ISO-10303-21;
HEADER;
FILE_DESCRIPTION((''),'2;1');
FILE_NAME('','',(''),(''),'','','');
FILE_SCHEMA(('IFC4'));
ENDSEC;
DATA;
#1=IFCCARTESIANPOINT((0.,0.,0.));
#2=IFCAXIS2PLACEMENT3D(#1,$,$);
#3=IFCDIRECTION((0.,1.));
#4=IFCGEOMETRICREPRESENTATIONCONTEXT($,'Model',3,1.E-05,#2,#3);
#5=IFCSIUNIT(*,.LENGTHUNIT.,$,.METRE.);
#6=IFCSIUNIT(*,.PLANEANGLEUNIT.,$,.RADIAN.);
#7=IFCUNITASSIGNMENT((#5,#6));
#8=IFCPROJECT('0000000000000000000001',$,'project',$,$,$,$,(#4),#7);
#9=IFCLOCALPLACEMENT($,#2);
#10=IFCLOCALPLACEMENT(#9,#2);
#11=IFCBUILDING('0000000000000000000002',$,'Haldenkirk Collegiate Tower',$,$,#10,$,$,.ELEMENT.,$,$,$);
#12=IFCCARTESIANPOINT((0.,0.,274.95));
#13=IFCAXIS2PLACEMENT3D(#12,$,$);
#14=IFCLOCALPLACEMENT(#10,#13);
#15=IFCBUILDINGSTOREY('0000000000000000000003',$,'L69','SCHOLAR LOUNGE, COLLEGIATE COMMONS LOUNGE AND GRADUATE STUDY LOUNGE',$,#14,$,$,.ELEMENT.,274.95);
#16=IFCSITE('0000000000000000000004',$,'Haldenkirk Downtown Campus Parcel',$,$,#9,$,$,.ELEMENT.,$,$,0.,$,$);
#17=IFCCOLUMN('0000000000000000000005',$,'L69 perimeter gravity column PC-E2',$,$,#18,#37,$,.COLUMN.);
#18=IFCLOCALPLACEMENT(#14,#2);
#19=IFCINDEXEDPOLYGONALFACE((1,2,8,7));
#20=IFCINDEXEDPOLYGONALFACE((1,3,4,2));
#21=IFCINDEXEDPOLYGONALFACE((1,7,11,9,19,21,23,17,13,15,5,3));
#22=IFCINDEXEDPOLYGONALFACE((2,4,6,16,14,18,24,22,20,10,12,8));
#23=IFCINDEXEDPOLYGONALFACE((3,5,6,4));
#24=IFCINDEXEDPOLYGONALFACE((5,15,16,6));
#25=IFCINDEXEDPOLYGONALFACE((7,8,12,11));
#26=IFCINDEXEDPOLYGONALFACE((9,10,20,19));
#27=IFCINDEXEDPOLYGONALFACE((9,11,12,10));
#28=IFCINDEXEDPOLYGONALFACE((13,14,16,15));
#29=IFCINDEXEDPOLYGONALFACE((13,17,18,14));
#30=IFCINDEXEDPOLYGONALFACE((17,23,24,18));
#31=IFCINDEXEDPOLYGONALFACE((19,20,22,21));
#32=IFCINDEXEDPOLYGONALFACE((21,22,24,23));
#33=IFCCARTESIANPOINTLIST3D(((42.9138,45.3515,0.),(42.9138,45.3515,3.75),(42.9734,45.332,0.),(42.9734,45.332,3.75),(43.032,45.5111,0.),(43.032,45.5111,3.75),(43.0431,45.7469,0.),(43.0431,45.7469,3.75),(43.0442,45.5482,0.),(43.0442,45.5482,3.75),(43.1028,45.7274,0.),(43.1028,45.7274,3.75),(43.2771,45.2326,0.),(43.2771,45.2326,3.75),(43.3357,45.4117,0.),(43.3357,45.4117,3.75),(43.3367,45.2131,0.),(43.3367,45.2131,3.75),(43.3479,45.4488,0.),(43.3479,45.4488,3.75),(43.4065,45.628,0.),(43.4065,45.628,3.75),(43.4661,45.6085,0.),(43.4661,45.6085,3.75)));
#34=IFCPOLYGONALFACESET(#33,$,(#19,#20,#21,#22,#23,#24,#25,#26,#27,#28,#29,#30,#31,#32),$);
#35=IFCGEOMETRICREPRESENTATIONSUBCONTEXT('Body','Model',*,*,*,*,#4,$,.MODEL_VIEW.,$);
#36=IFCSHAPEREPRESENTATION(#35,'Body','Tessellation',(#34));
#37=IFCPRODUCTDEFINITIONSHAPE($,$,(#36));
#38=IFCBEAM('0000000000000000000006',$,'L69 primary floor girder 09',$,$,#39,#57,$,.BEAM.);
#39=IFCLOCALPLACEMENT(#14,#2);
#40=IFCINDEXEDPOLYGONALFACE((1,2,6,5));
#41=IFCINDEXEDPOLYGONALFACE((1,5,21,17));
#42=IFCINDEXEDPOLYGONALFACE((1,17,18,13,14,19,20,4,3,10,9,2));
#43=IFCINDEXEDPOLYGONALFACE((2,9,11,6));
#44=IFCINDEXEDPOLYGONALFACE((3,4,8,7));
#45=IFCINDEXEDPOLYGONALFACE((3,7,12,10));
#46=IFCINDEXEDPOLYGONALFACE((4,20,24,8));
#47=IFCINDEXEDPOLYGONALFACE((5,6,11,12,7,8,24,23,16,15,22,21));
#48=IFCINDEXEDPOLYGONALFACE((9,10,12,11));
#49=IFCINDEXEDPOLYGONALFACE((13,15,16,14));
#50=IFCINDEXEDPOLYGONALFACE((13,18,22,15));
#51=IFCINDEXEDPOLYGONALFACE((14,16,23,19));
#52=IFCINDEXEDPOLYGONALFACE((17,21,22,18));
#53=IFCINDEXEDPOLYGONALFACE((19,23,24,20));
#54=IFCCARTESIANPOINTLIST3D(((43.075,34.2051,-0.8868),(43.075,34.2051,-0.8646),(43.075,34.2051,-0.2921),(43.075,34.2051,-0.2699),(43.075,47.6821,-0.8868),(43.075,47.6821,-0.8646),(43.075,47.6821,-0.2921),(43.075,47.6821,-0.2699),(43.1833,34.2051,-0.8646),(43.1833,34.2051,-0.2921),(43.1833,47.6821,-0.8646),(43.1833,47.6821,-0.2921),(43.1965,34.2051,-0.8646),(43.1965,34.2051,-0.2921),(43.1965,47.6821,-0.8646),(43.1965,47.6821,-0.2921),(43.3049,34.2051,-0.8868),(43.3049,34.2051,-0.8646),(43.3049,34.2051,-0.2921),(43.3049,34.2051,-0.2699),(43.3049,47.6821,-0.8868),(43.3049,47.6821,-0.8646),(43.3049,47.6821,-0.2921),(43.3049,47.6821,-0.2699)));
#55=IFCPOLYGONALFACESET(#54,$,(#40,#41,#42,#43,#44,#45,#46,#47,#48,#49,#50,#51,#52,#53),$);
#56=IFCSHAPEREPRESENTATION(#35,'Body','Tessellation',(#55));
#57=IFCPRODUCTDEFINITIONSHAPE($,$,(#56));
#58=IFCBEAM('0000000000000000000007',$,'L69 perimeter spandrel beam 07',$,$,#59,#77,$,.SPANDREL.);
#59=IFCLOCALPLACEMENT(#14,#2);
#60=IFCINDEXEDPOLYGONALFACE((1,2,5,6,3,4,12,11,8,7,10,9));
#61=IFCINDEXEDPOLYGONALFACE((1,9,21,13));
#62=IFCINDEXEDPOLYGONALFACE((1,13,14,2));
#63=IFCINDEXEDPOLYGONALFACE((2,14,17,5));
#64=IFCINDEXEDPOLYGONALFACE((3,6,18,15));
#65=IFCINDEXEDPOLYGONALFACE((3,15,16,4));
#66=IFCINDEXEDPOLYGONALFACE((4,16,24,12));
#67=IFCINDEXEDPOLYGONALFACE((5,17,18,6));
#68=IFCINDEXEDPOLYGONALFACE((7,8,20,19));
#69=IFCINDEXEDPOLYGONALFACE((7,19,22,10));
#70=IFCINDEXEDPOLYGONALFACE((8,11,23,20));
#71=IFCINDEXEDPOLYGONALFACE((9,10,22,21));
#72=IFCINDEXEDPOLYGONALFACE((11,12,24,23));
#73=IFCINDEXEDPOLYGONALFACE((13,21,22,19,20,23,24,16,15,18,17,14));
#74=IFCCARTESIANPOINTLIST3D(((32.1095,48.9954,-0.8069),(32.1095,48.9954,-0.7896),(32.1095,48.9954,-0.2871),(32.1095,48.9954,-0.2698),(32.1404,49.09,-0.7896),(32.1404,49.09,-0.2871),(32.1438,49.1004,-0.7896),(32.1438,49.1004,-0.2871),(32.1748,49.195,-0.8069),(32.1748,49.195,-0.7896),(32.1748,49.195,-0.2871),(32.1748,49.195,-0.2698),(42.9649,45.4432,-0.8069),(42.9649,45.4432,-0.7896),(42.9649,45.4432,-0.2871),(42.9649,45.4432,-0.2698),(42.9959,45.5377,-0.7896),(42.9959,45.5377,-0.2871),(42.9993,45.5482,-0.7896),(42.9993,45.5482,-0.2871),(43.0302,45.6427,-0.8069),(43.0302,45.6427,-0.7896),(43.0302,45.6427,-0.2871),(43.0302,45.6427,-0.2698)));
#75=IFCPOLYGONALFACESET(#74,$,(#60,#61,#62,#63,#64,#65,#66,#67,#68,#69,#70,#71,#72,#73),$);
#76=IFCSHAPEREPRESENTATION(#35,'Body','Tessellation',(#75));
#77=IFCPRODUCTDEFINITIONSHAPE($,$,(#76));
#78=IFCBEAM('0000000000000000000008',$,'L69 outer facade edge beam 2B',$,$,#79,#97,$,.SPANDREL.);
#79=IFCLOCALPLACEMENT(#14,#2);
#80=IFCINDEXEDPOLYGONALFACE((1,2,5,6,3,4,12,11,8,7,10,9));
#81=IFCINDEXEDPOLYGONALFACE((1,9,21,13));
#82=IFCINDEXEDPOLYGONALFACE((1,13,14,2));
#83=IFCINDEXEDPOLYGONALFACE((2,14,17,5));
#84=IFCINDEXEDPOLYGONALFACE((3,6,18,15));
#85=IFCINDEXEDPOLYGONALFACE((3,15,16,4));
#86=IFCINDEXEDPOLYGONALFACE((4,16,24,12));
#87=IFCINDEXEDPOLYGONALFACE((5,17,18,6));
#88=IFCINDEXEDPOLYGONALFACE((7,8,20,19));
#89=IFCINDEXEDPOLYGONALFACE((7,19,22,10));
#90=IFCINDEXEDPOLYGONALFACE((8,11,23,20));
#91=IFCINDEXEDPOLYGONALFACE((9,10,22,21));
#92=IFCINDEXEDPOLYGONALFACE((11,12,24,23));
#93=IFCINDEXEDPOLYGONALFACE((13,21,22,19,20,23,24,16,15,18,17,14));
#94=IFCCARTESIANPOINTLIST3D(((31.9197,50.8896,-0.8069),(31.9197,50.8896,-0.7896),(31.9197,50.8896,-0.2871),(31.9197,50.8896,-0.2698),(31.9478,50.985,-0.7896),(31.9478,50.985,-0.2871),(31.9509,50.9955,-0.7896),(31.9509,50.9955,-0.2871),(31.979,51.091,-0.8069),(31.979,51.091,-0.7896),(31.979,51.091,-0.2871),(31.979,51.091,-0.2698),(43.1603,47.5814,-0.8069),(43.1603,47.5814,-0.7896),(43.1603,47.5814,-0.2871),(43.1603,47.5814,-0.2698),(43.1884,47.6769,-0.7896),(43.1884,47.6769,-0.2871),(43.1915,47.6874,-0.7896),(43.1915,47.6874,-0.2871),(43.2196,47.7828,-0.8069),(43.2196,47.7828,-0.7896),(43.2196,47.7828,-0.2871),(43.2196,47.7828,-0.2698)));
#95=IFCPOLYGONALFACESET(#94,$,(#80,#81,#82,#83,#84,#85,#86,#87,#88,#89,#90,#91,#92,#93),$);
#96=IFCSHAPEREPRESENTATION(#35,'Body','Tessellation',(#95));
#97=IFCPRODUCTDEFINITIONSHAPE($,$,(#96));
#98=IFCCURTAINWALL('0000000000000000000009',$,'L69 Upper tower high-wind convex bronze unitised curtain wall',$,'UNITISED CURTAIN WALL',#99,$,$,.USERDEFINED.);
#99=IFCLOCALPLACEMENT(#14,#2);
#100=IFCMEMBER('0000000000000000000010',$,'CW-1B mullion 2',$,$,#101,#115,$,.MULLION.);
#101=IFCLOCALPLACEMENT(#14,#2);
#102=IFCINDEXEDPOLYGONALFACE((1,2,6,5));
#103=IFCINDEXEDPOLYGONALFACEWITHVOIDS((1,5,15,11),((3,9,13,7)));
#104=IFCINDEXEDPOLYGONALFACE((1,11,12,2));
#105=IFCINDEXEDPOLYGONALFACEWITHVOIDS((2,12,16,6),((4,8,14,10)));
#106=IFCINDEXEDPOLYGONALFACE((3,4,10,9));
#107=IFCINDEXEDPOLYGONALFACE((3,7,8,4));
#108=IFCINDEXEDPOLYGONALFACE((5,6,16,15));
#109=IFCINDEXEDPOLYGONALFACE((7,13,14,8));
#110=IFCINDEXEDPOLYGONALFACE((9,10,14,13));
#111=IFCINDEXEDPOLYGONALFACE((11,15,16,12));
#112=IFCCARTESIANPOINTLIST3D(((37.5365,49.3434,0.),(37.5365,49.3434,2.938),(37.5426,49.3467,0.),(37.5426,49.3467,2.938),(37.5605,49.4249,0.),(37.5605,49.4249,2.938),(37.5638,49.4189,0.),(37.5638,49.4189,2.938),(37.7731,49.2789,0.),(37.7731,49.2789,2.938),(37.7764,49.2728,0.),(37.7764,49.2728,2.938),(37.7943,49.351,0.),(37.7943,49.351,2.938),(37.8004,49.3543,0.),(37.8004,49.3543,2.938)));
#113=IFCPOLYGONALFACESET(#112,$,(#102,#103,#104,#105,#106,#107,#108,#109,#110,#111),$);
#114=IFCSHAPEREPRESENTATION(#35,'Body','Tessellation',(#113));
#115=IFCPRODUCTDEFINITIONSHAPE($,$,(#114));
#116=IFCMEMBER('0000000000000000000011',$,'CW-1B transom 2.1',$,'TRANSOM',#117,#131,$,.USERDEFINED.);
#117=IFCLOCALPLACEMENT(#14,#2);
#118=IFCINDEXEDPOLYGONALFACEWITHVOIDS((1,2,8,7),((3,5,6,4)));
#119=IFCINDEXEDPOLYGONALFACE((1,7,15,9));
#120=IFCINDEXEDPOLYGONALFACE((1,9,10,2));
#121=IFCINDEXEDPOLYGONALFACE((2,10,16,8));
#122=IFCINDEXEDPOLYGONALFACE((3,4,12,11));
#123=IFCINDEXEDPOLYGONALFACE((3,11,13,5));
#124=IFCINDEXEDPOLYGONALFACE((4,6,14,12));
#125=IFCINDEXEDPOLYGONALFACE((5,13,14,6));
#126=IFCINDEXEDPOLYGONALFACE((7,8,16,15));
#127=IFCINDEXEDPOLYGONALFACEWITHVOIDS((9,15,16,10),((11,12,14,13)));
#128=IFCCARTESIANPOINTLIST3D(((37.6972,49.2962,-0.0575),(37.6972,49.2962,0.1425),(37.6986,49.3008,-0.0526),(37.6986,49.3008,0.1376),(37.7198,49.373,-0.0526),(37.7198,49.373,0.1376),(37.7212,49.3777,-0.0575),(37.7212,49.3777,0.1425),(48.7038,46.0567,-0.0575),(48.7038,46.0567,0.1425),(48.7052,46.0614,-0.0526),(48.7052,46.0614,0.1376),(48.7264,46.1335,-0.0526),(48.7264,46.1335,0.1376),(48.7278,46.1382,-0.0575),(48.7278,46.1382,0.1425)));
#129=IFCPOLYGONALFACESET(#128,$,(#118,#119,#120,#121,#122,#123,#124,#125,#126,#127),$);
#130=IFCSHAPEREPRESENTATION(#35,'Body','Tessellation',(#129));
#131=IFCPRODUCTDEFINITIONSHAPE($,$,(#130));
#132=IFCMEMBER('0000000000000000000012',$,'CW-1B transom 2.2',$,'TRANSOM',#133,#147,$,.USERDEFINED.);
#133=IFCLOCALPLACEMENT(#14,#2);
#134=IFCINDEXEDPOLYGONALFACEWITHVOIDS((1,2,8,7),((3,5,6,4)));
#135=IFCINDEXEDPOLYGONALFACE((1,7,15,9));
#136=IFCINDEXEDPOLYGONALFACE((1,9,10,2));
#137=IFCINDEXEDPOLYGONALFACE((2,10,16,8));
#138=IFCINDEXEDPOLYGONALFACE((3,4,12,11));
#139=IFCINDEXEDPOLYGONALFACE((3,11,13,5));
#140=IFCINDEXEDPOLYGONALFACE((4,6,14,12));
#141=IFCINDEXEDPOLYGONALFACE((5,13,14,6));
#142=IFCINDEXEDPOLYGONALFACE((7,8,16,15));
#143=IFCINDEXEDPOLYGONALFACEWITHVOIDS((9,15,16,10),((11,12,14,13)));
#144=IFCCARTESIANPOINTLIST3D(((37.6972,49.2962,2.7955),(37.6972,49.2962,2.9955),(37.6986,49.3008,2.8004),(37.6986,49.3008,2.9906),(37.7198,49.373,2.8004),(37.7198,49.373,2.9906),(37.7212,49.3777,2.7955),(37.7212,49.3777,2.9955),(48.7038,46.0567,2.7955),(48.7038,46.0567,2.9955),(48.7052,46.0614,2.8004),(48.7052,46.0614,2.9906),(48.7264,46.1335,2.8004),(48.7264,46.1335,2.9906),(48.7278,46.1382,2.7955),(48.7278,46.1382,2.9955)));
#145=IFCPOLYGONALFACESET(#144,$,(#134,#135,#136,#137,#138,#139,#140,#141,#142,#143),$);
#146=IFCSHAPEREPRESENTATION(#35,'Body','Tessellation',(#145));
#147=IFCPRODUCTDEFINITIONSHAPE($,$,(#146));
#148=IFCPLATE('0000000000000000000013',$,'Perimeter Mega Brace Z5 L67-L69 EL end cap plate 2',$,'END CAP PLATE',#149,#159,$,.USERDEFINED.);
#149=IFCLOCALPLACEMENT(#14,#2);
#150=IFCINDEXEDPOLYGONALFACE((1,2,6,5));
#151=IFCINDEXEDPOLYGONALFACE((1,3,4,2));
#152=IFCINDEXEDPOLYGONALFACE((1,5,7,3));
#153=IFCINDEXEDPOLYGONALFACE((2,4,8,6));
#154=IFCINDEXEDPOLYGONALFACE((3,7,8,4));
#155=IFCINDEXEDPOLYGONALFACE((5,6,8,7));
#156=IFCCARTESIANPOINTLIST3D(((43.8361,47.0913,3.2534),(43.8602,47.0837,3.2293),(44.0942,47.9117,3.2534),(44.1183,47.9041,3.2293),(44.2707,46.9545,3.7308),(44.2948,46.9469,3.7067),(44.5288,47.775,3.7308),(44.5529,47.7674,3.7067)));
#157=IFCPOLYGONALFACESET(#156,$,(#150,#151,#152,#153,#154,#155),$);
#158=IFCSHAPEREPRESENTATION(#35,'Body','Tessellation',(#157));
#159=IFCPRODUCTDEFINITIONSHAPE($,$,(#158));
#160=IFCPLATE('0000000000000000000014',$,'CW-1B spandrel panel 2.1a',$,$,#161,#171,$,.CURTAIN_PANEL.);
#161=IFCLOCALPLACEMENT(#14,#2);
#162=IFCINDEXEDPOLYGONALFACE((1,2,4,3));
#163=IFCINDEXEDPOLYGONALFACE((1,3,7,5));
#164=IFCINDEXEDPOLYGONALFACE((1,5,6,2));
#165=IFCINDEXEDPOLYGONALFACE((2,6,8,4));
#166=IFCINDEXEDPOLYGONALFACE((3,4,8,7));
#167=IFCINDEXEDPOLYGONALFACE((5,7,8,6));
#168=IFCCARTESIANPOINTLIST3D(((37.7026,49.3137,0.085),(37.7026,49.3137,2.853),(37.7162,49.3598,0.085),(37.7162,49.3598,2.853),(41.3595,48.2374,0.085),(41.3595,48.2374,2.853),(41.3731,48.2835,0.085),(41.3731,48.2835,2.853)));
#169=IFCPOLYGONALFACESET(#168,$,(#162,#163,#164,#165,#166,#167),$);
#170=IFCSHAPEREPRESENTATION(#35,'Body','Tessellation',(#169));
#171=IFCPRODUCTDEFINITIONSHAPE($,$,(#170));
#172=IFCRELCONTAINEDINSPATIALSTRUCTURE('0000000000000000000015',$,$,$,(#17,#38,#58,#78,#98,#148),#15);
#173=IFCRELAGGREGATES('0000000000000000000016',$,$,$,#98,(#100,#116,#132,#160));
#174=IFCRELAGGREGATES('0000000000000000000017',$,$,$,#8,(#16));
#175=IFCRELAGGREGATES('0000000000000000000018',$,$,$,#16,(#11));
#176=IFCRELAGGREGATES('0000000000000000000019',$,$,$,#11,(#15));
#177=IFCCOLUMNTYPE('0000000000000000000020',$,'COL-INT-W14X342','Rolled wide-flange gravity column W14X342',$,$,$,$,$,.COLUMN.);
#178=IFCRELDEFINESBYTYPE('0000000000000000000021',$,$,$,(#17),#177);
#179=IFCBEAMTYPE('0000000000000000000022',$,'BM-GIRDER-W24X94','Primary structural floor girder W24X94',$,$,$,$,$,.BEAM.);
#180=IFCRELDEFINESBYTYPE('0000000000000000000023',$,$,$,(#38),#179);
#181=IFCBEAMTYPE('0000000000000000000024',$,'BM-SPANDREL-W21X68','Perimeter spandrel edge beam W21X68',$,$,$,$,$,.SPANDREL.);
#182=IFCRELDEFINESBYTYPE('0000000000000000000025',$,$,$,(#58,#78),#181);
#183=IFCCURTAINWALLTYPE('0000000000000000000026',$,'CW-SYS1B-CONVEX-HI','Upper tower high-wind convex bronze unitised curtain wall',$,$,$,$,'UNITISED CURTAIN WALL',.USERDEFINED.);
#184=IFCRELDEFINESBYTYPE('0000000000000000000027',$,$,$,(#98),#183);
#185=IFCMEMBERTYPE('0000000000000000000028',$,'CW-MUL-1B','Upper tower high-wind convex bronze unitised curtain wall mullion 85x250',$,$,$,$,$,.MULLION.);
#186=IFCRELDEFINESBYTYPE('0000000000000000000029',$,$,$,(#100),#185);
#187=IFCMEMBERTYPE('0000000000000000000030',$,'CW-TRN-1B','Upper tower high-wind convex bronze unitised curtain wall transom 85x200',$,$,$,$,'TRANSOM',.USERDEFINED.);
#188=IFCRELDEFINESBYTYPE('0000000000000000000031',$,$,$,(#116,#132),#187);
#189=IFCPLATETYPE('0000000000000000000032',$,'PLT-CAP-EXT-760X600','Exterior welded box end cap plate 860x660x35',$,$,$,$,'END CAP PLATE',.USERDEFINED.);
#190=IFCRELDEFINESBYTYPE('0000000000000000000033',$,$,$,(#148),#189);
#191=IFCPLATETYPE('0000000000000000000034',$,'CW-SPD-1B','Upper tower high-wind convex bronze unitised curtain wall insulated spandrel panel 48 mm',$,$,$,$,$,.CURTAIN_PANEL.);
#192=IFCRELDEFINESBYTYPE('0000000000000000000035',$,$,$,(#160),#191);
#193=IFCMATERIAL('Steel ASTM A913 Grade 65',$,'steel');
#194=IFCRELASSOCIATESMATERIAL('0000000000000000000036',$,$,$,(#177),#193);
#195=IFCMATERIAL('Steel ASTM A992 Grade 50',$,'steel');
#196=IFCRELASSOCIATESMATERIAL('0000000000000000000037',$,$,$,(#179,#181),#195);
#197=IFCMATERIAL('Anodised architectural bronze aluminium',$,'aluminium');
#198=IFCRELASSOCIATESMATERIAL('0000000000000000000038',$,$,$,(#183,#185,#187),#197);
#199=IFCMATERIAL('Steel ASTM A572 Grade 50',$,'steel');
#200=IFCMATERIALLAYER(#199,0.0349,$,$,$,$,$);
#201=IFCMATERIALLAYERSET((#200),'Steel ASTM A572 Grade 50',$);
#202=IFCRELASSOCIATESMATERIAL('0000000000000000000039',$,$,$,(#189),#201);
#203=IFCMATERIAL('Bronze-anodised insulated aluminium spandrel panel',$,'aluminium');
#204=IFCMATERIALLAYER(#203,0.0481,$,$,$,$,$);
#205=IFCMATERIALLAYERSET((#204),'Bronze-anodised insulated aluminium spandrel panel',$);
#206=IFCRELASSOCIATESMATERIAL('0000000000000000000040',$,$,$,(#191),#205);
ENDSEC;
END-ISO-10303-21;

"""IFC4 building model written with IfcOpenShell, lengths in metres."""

from ifc_helpers import new_model, si_unit, direction, frame, origin, origin_2d, place, context, subcontext, project, spatial, rectangle, hollow_rectangle, i_section, extrude, source, transform, mapped, material, layer, layer_set, material_profile, profile_set, type_object, element, aggregate, save


model = new_model("IFC4")

# Units and contexts
model_context = context("Model", 3, precision=1e-05, world=origin(), true_north=direction((0.0, 1.0)))
body_context = subcontext(model_context, "Body", "Model", "MODEL_VIEW")
ifc_project = project(units=[si_unit("LENGTHUNIT", "METRE"), si_unit("PLANEANGLEUNIT", "RADIAN")], contexts=[model_context])

# Site, building, storey
site_placement = place(None, origin())
site = spatial("IfcSite", under=ifc_project, at=site_placement, Name="Haldenkirk Downtown Campus Parcel", CompositionType="ELEMENT", RefElevation=0.0)
building_placement = place(site_placement, origin())
building = spatial("IfcBuilding", under=site, at=building_placement, Name="Haldenkirk Collegiate Tower", CompositionType="ELEMENT")
storey_placement = place(building_placement, frame((0.0, 0.0, 274.95)))
storey = spatial("IfcBuildingStorey", under=building, at=storey_placement, Name="L69", Description="SCHOLAR LOUNGE, COLLEGIATE COMMONS LOUNGE AND GRADUATE STUDY LOUNGE", CompositionType="ELEMENT", Elevation=274.95)

# Column
ifc_material_1 = material(Name="Steel ASTM A913 Grade 65", Category="steel")
ifc_material_profile_1 = material_profile(ifc_material_1, i_section(OverallWidth=0.416, OverallDepth=0.4451, WebThickness=0.0391, FlangeThickness=0.0627, at=origin_2d()), Name="W14X342")
ifc_profile_set_1 = profile_set([ifc_material_profile_1], Name="Steel ASTM A913 Grade 65")
column_type = type_object("IfcColumnType", Name="COL-INT-W14X342", Description="Rolled wide-flange gravity column W14X342", PredefinedType="COLUMN", material=ifc_profile_set_1)
column_placement = place(storey_placement, frame((43.1899, 45.48, 0.0), z_axis=(0.0, 0.0, 1.0), x_axis=(0.311008, 0.950407, 0.0)))
element("IfcColumn", 1, at=column_placement, inside=storey, type_object=column_type, Name="L69 perimeter gravity column PC-E2", PredefinedType="COLUMN", context=body_context, shape_type="SweptSolid", body=[
    extrude(i_section(OverallWidth=0.416, OverallDepth=0.4451, WebThickness=0.0391, FlangeThickness=0.0627, at=origin_2d()), origin(), (0.0, 0.0, 1.0), 3.75),
])

# Beams
ifc_material_2 = material(Name="Steel ASTM A992 Grade 50", Category="steel")
ifc_material_profile_2 = material_profile(ifc_material_2, i_section(OverallWidth=0.23, OverallDepth=0.6169, WebThickness=0.0132, FlangeThickness=0.0222, at=origin_2d()), Name="W24X94")
ifc_profile_set_2 = profile_set([ifc_material_profile_2], Name="Steel ASTM A992 Grade 50")
beam_type_1 = type_object("IfcBeamType", Name="BM-GIRDER-W24X94", Description="Primary structural floor girder W24X94", PredefinedType="BEAM", material=ifc_profile_set_2)
beam_1_placement = place(storey_placement, frame((43.1899, 47.6821, -0.5784), z_axis=(0.0, -1.0, 0.0), x_axis=(1.0, 0.0, 0.0)))
element("IfcBeam", 2, at=beam_1_placement, inside=storey, type_object=beam_type_1, Name="L69 primary floor girder 09", PredefinedType="BEAM", context=body_context, shape_type="SweptSolid", body=[
    extrude(i_section(OverallWidth=0.23, OverallDepth=0.6169, WebThickness=0.0132, FlangeThickness=0.0222, at=origin_2d()), origin(), (0.0, 0.0, 1.0), 13.4771),
])
ifc_material_profile_3 = material_profile(ifc_material_2, i_section(OverallWidth=0.21, OverallDepth=0.5371, WebThickness=0.011, FlangeThickness=0.0173, at=origin_2d()), Name="W21X68")
ifc_profile_set_3 = profile_set([ifc_material_profile_3], Name="Steel ASTM A992 Grade 50")
beam_type_2 = type_object("IfcBeamType", Name="BM-SPANDREL-W21X68", Description="Perimeter spandrel edge beam W21X68", PredefinedType="SPANDREL", material=ifc_profile_set_3)
beam_2_placement = place(storey_placement, frame((42.9976, 45.543, -0.5383), z_axis=(-0.950409, 0.311003, 0.0), x_axis=(-0.311003, -0.950409, 0.0)))
element("IfcBeam", 3, at=beam_2_placement, inside=storey, type_object=beam_type_2, Name="L69 perimeter spandrel beam 07", PredefinedType="SPANDREL", context=body_context, shape_type="SweptSolid", body=[
    extrude(i_section(OverallWidth=0.21, OverallDepth=0.5371, WebThickness=0.011, FlangeThickness=0.0173, at=origin_2d()), origin(), (0.0, 0.0, 1.0), 11.4219),
])
beam_3_placement = place(storey_placement, frame((43.1899, 47.6821, -0.5383), z_axis=(-0.959317, 0.28233, 0.0), x_axis=(-0.28233, -0.959317, 0.0)))
element("IfcBeam", 4, at=beam_3_placement, inside=storey, type_object=beam_type_2, Name="L69 outer facade edge beam 2B", PredefinedType="SPANDREL", context=body_context, shape_type="SweptSolid", body=[
    extrude(i_section(OverallWidth=0.21, OverallDepth=0.5371, WebThickness=0.011, FlangeThickness=0.0173, at=origin_2d()), origin(), (0.0, 0.0, 1.0), 11.7173),
])

# Curtain wall, members
ifc_material_3 = material(Name="Anodised architectural bronze aluminium", Category="aluminium")
curtain_wall_type = type_object("IfcCurtainWallType", Name="CW-SYS1B-CONVEX-HI", Description="Upper tower high-wind convex bronze unitised curtain wall", ElementType="UNITISED CURTAIN WALL", PredefinedType="USERDEFINED", material=ifc_material_3)
curtain_wall_placement = place(storey_placement, origin())
curtain_wall = element("IfcCurtainWall", 5, at=curtain_wall_placement, inside=storey, type_object=curtain_wall_type, Name="L69 Upper tower high-wind convex bronze unitised curtain wall", ObjectType="UNITISED CURTAIN WALL", PredefinedType="USERDEFINED")
ifc_material_profile_4 = material_profile(ifc_material_3, hollow_rectangle(XDim=0.085, YDim=0.25, WallThickness=0.0049, at=origin_2d()), Name="CW-MUL-1B")
ifc_profile_set_4 = profile_set([ifc_material_profile_4], Name="Anodised architectural bronze aluminium")
member_type_1 = type_object("IfcMemberType", Name="CW-MUL-1B", Description="Upper tower high-wind convex bronze unitised curtain wall mullion 85x250", PredefinedType="MULLION", material=ifc_profile_set_4)
member_1_placement = place(storey_placement, frame((37.6685, 49.3489, 0.0), z_axis=(0.0, 0.0, 1.0), x_axis=(0.282342, 0.959314, 0.0)))
member_1 = element("IfcMember", 6, at=member_1_placement, type_object=member_type_1, Name="CW-1B mullion 2", PredefinedType="MULLION", context=body_context, shape_type="SweptSolid", body=[
    extrude(hollow_rectangle(XDim=0.085, YDim=0.25, WallThickness=0.0049, at=origin_2d()), origin(), (0.0, 0.0, 1.0), 2.938),
])
ifc_material_profile_5 = material_profile(ifc_material_3, hollow_rectangle(XDim=0.085, YDim=0.2, WallThickness=0.0049, at=origin_2d()), Name="CW-TRN-1B")
ifc_profile_set_5 = profile_set([ifc_material_profile_5], Name="Anodised architectural bronze aluminium")
member_type_2 = type_object("IfcMemberType", Name="CW-TRN-1B", Description="Upper tower high-wind convex bronze unitised curtain wall transom 85x200", ElementType="TRANSOM", PredefinedType="USERDEFINED", material=ifc_profile_set_5)
member_2_placement = place(storey_placement, frame((37.7092, 49.3369, 0.0425), z_axis=(0.959312, -0.282348, 0.0), x_axis=(0.282348, 0.959312, 0.0)))
member_2 = element("IfcMember", 7, at=member_2_placement, type_object=member_type_2, Name="CW-1B transom 2.1", ObjectType="TRANSOM", PredefinedType="USERDEFINED", context=body_context, shape_type="SweptSolid", body=[
    extrude(hollow_rectangle(XDim=0.085, YDim=0.2, WallThickness=0.0049, at=origin_2d()), origin(), (0.0, 0.0, 1.0), 11.4734),
])
member_3_placement = place(storey_placement, frame((37.7092, 49.3369, 2.8955), z_axis=(0.959312, -0.282348, 0.0), x_axis=(0.282348, 0.959312, 0.0)))
member_3 = element("IfcMember", 8, at=member_3_placement, type_object=member_type_2, Name="CW-1B transom 2.2", ObjectType="TRANSOM", PredefinedType="USERDEFINED", context=body_context, shape_type="SweptSolid", body=[
    extrude(hollow_rectangle(XDim=0.085, YDim=0.2, WallThickness=0.0049, at=origin_2d()), origin(), (0.0, 0.0, 1.0), 11.4734),
])

# Plates
ifc_material_4 = material(Name="Steel ASTM A572 Grade 50", Category="steel")
ifc_layer_1 = layer(ifc_material_4, 0.0349)
ifc_layer_set_1 = layer_set([ifc_layer_1], Name="Steel ASTM A572 Grade 50")
plate_type_1 = type_object("IfcPlateType", Name="PLT-CAP-EXT-760X600", Description="Exterior welded box end cap plate 860x660x35", ElementType="END CAP PLATE", PredefinedType="USERDEFINED", material=ifc_layer_set_1)
shared_shape_1 = source(origin(), body_context, "Body", "SweptSolid", [
    extrude(rectangle(XDim=0.8601, YDim=0.6599, at=origin_2d()), origin(), (0.0, 0.0, 1.0), 0.0349),
])
plate_1_placement = place(storey_placement, frame((44.2065, 47.4255, 3.468), z_axis=(-0.690078, 0.217106, 0.690404), x_axis=(-0.300108, -0.953905, 0.0)))
element("IfcPlate", 9, at=plate_1_placement, inside=storey, type_object=plate_type_1, Name="Perimeter Mega Brace Z5 L67-L69 EL end cap plate 2", ObjectType="END CAP PLATE", PredefinedType="USERDEFINED", context=body_context, shape_type="MappedRepresentation", body=[
    mapped(shared_shape_1, transform((0.0, 0.0, 0.0), x_axis=(1.0, 0.0, 0.0), y_axis=(0.0, 1.0, 0.0), z_axis=(0.0, 0.0, 1.0), scale=1.0)),
])
ifc_material_5 = material(Name="Bronze-anodised insulated aluminium spandrel panel", Category="aluminium")
ifc_layer_2 = layer(ifc_material_5, 0.0481)
ifc_layer_set_2 = layer_set([ifc_layer_2], Name="Bronze-anodised insulated aluminium spandrel panel")
plate_type_2 = type_object("IfcPlateType", Name="CW-SPD-1B", Description="Upper tower high-wind convex bronze unitised curtain wall insulated spandrel panel 48 mm", PredefinedType="CURTAIN_PANEL", material=ifc_layer_set_2)
shared_shape_2 = source(origin(), body_context, "Body", "SweptSolid", [
    extrude(rectangle(XDim=3.812, YDim=0.0481, at=origin_2d()), origin(), (0.0, 0.0, 1.0), 2.7681),
])
plate_2_placement = place(storey_placement, frame((39.5378, 48.7986, 0.085), z_axis=(0.0, 0.0, 1.0), x_axis=(0.959314, -0.282342, 0.0)))
plate_2 = element("IfcPlate", 10, at=plate_2_placement, type_object=plate_type_2, Name="CW-1B spandrel panel 2.1a", PredefinedType="CURTAIN_PANEL", context=body_context, shape_type="MappedRepresentation", body=[
    mapped(shared_shape_2, transform((0.0, 0.0, 0.0), x_axis=(1.0, 0.0, 0.0), y_axis=(0.0, 1.0, 0.0), z_axis=(0.0, 0.0, 1.0), scale=1.0)),
])
aggregate(curtain_wall, [member_1, member_2, member_3, plate_2])

save(model, "model.ifc")
